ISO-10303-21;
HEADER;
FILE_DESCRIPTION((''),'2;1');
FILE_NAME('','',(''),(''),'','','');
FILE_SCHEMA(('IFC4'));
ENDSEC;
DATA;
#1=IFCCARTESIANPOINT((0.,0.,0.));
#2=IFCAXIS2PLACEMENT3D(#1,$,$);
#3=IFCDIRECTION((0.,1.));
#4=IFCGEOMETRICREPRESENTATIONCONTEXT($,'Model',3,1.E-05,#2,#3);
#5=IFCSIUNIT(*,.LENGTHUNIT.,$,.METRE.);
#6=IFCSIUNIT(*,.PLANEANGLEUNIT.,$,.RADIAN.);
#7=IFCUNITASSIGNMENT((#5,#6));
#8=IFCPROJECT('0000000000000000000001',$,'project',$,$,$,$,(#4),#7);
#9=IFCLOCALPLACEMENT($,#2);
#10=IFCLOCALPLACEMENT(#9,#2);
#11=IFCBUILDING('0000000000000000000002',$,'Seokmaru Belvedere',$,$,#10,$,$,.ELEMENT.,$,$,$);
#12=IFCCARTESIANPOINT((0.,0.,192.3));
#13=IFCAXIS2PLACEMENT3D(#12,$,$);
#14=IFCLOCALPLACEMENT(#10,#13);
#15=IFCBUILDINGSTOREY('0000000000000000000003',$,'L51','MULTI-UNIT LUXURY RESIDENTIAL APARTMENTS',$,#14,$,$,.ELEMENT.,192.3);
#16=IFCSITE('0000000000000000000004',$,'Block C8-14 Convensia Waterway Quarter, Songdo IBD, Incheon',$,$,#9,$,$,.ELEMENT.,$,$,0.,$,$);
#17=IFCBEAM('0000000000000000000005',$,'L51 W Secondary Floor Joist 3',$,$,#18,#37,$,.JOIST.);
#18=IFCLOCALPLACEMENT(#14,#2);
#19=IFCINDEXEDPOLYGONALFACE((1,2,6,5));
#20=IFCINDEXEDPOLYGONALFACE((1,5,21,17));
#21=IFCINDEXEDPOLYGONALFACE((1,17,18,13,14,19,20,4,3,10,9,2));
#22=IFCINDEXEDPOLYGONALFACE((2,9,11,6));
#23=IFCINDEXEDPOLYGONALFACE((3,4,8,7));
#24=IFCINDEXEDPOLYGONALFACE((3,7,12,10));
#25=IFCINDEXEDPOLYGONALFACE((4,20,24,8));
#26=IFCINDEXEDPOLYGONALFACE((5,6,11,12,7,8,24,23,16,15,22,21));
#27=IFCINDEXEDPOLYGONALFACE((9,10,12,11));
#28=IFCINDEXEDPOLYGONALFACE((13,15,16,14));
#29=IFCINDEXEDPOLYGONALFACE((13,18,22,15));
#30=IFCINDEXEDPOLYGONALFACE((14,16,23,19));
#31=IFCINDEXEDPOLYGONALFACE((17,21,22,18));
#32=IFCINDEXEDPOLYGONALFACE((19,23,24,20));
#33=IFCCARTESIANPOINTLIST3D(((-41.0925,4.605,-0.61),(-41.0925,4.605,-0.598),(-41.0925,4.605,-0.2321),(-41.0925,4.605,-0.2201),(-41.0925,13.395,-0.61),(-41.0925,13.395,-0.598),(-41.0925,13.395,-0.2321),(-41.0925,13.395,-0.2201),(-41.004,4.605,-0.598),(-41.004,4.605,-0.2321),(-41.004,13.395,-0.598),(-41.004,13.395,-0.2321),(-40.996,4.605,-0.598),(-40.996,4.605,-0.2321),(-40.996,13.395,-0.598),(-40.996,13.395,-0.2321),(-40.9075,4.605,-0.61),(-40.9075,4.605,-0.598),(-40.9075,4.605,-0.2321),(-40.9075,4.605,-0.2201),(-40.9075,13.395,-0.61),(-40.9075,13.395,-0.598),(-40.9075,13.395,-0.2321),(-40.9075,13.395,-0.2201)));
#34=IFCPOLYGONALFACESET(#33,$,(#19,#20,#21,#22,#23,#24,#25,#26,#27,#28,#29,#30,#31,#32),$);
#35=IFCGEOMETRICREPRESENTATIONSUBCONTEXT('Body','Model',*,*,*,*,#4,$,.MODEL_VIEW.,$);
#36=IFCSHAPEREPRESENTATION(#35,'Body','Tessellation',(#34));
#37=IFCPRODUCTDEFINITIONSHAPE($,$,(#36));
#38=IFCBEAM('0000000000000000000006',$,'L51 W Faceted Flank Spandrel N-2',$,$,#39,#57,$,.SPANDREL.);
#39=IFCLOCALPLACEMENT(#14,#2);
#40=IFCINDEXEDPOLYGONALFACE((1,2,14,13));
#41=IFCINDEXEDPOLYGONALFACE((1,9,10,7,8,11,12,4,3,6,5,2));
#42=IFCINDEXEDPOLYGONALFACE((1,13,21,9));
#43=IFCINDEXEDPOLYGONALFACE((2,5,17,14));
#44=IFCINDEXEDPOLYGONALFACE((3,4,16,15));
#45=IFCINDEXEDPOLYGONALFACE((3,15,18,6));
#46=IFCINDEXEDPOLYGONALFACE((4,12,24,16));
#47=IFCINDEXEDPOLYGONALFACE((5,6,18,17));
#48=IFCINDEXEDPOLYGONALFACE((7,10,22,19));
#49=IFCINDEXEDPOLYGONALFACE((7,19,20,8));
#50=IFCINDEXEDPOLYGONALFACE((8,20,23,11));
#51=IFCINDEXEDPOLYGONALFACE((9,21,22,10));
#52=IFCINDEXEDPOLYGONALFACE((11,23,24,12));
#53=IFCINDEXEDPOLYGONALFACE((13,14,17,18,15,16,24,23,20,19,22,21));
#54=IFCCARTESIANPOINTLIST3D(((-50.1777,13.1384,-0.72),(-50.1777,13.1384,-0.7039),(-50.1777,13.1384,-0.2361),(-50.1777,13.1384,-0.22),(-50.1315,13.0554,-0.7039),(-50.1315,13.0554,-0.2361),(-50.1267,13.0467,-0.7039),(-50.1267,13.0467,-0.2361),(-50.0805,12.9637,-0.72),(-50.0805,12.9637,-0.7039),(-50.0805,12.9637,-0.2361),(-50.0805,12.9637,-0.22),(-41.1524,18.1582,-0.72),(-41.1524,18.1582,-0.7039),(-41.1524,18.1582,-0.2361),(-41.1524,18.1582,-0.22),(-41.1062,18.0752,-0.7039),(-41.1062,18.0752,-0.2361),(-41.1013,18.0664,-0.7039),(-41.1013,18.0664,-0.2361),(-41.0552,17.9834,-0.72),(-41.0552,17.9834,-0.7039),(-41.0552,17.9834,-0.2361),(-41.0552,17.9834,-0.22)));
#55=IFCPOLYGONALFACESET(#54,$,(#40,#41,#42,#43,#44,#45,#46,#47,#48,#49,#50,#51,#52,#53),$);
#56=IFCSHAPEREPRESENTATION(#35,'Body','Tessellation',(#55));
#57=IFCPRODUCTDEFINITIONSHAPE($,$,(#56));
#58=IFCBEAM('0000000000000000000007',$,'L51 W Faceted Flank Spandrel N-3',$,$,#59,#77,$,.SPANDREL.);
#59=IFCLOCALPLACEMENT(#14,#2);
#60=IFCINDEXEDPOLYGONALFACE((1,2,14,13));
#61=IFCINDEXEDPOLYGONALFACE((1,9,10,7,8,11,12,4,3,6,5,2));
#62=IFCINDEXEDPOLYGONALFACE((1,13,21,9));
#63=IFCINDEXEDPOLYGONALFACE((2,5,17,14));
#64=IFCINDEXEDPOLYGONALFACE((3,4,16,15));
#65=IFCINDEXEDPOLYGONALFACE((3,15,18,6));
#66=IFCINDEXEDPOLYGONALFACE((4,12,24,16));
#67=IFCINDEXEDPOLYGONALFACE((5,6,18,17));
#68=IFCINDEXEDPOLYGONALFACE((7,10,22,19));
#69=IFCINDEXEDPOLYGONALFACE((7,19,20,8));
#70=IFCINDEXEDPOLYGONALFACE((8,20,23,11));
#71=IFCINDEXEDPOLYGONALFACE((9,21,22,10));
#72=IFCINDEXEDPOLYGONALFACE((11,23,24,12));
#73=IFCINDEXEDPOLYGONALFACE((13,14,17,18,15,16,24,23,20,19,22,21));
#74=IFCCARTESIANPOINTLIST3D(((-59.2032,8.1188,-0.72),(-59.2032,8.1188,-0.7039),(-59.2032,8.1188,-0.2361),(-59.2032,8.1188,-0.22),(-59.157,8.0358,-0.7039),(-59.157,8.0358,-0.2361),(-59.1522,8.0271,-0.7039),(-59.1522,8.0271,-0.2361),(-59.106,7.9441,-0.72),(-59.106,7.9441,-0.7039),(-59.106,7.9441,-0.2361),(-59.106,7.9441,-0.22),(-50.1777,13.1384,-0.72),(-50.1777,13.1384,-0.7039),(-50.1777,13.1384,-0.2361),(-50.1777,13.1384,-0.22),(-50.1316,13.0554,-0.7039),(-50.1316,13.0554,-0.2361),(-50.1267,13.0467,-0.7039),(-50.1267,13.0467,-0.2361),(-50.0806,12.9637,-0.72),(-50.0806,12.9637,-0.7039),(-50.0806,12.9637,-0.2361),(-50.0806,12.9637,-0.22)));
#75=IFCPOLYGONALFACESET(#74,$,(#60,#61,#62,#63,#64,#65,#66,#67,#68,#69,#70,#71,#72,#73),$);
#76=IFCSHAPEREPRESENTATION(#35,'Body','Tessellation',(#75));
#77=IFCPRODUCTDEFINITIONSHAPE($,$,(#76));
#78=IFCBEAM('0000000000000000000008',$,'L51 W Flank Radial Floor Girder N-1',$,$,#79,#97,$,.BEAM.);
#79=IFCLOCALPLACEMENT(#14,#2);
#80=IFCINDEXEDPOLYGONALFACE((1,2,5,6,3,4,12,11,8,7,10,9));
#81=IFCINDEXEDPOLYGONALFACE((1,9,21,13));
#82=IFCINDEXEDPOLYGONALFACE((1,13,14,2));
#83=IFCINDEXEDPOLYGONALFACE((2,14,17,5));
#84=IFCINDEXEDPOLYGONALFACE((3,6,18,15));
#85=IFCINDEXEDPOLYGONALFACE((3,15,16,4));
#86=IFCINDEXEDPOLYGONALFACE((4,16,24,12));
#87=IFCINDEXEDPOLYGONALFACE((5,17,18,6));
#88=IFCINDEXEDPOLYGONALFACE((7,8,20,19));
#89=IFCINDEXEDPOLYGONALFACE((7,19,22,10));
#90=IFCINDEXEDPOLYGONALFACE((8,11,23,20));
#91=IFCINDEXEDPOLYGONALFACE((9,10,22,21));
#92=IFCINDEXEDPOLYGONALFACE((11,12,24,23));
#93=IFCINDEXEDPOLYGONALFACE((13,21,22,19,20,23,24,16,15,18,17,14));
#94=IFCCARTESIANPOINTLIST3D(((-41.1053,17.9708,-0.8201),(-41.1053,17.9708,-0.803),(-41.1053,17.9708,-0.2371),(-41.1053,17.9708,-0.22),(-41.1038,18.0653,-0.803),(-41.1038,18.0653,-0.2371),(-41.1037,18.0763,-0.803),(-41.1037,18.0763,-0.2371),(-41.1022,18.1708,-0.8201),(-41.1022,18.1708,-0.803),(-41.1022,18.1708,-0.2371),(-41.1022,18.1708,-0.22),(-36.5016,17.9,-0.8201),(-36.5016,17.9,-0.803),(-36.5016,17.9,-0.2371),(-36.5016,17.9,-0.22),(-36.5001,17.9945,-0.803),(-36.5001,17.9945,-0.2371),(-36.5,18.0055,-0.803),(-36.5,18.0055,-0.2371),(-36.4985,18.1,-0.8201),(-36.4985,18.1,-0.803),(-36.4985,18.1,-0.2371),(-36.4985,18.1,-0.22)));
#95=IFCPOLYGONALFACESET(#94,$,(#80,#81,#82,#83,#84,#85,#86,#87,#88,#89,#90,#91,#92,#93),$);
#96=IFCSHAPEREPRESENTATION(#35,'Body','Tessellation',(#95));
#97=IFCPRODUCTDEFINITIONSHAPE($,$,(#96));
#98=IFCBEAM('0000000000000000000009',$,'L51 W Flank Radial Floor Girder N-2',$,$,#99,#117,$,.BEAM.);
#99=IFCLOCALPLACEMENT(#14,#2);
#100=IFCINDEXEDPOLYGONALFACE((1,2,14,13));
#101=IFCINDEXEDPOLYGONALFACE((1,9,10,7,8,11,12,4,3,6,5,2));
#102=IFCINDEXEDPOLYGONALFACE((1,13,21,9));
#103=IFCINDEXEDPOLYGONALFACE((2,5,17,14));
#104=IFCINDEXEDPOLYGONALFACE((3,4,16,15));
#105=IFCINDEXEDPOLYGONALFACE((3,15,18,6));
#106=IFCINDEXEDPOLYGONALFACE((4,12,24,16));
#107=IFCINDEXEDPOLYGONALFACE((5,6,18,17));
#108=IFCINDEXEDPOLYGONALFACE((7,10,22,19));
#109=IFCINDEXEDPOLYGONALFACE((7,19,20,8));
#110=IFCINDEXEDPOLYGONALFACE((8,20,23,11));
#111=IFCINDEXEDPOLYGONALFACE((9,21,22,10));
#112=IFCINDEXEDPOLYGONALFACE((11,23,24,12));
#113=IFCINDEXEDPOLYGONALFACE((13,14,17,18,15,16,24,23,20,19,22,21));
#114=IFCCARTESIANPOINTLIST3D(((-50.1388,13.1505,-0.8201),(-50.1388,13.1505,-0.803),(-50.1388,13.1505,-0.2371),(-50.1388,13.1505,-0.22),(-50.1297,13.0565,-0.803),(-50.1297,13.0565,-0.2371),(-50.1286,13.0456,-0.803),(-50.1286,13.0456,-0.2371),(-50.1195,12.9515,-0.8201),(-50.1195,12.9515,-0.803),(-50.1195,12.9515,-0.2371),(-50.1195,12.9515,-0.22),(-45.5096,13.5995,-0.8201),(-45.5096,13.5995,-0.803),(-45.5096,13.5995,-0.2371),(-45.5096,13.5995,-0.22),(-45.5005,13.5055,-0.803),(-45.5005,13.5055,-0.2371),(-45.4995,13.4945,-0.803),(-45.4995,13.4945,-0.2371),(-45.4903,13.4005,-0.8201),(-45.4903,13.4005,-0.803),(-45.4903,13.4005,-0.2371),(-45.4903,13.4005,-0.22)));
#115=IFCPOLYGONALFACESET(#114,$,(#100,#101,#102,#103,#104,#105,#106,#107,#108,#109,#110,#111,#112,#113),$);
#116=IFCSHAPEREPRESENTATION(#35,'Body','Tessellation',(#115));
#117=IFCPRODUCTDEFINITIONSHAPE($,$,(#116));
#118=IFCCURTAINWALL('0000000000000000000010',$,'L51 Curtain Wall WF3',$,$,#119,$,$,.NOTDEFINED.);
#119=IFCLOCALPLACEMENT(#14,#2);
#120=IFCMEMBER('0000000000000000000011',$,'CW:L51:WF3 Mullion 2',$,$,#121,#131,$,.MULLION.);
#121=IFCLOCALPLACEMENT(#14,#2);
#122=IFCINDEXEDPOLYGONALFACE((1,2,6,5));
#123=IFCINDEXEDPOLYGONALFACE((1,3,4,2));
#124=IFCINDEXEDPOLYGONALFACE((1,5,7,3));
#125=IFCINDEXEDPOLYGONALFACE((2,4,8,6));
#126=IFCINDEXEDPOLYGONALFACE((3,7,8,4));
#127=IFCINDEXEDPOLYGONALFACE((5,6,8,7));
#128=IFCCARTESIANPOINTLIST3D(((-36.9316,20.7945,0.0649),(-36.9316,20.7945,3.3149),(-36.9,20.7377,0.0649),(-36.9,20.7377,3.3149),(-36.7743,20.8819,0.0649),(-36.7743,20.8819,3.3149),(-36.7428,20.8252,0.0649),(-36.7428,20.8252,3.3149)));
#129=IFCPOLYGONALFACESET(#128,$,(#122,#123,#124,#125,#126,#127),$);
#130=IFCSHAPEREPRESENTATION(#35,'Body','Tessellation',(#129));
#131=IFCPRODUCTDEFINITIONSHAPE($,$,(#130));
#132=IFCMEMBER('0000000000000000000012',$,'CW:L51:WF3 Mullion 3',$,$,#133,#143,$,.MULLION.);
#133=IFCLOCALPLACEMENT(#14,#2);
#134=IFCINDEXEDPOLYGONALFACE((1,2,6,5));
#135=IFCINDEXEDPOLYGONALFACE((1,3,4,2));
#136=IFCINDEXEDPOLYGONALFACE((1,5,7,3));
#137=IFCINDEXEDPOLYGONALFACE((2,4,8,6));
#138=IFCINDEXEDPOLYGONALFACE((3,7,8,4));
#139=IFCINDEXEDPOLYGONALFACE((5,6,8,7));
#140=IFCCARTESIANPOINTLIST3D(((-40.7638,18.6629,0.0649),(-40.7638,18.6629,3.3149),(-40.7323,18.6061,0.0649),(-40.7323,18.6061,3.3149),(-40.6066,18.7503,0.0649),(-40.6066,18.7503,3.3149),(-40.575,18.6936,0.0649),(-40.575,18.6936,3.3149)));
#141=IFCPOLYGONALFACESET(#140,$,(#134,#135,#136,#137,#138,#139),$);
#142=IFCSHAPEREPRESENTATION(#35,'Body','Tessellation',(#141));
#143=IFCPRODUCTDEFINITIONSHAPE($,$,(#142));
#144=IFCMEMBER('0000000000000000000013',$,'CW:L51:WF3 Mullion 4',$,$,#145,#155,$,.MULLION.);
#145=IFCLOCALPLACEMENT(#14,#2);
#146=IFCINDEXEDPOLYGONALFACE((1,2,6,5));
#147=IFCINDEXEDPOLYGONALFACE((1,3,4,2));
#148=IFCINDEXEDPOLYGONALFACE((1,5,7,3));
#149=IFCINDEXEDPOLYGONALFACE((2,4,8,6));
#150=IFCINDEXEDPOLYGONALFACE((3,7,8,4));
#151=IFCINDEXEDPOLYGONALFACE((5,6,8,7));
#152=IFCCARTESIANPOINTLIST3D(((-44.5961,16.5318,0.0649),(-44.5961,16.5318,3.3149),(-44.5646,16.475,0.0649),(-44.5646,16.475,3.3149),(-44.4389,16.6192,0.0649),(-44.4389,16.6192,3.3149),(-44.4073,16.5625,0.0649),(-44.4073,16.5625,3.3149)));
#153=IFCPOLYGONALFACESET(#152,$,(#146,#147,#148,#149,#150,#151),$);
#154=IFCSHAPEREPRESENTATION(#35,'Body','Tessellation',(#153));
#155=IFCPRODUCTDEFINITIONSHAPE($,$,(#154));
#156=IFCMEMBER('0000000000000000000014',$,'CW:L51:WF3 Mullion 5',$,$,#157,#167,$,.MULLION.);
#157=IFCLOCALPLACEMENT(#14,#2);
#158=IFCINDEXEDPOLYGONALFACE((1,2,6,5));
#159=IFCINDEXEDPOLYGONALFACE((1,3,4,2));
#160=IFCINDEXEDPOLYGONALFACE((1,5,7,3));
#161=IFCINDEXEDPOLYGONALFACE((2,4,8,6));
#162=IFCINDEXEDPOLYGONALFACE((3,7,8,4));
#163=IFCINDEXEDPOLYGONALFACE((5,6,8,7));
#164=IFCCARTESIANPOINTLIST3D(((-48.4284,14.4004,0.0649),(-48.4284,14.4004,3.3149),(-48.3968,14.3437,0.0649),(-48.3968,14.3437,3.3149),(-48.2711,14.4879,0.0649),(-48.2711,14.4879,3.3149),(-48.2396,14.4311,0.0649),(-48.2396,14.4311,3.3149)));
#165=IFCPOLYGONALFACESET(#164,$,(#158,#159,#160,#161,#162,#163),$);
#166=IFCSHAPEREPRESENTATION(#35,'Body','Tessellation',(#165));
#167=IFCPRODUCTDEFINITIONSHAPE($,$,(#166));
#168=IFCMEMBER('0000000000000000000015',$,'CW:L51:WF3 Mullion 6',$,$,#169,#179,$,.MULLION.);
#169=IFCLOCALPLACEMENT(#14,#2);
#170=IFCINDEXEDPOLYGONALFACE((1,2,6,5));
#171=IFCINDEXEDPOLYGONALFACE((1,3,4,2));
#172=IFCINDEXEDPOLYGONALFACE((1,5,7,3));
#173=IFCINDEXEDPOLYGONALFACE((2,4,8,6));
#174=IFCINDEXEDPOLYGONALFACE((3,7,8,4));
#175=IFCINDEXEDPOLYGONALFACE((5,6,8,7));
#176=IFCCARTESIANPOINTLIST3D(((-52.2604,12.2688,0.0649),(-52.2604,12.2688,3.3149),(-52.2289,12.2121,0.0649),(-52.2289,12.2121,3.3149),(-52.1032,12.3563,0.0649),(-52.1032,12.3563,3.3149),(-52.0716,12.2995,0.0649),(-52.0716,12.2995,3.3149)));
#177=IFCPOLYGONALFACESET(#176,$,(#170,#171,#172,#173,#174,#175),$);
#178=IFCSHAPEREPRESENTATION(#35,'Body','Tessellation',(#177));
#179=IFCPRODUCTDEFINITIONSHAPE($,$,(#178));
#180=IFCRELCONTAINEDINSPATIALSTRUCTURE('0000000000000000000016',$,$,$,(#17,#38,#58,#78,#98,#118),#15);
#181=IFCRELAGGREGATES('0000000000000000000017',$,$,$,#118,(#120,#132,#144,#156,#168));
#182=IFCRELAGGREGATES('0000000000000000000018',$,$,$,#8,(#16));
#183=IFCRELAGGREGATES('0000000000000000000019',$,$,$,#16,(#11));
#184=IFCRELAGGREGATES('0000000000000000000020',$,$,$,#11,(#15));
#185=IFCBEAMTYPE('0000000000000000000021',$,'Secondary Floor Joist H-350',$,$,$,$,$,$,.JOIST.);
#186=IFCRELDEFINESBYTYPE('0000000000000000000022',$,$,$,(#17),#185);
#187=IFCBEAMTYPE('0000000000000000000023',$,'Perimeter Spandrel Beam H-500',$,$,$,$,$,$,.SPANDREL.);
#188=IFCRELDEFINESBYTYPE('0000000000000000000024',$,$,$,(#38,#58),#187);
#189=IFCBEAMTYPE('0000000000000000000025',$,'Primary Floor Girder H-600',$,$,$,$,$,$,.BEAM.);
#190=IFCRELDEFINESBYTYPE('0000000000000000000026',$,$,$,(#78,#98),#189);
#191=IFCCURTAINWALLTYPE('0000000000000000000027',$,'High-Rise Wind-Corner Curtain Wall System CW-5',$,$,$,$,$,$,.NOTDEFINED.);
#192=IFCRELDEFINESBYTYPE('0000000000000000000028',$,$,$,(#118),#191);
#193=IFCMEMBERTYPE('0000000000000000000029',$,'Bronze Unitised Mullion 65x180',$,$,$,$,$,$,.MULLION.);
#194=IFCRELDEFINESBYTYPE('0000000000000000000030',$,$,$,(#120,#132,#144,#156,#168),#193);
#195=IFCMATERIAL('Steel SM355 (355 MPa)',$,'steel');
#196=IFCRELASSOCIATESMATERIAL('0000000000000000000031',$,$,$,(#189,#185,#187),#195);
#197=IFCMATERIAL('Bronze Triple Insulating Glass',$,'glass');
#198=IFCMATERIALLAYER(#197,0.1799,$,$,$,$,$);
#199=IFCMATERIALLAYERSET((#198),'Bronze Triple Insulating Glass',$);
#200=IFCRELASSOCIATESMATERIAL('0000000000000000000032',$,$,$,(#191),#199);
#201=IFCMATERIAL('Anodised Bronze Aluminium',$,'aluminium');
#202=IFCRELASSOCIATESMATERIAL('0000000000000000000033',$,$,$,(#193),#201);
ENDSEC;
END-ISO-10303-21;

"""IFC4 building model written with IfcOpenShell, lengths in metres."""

from ifc_helpers import new_model, si_unit, direction, frame, origin, origin_2d, place, context, subcontext, project, spatial, rectangle, i_section, extrude, source, transform, mapped, material, layer, layer_set, material_profile, profile_set, type_object, type_shapes, element, aggregate, save


model = new_model("IFC4")

# Units and contexts
model_context = context("Model", 3, precision=1e-05, world=origin(), true_north=direction((0.0, 1.0)))
body_context = subcontext(model_context, "Body", "Model", "MODEL_VIEW")
ifc_project = project(units=[si_unit("LENGTHUNIT", "METRE"), si_unit("PLANEANGLEUNIT", "RADIAN")], contexts=[model_context])

# Site, building, storey
site_placement = place(None, origin())
site = spatial("IfcSite", under=ifc_project, at=site_placement, Name="Block C8-14 Convensia Waterway Quarter, Songdo IBD, Incheon", CompositionType="ELEMENT", RefElevation=0.0)
building_placement = place(site_placement, origin())
building = spatial("IfcBuilding", under=site, at=building_placement, Name="Seokmaru Belvedere", CompositionType="ELEMENT")
storey_placement = place(building_placement, frame((0.0, 0.0, 192.3)))
storey = spatial("IfcBuildingStorey", under=building, at=storey_placement, Name="L51", Description="MULTI-UNIT LUXURY RESIDENTIAL APARTMENTS", CompositionType="ELEMENT", Elevation=192.3)

# Shared definitions
ifc_material_1 = material(Name="Steel SM355 (355 MPa)", Category="steel")

# Beams
ifc_material_profile_1 = material_profile(ifc_material_1, i_section(OverallWidth=0.2, OverallDepth=0.6001, WebThickness=0.011, FlangeThickness=0.0171, at=origin_2d()), Name="H-600x200x11x17")
ifc_profile_set_1 = profile_set([ifc_material_profile_1], Name="Steel SM355 (355 MPa)")
beam_type_1 = type_object("IfcBeamType", Name="Primary Floor Girder H-600", PredefinedType="BEAM", material=ifc_profile_set_1)
ifc_material_profile_2 = material_profile(ifc_material_1, i_section(OverallWidth=0.1851, OverallDepth=0.3899, WebThickness=0.0081, FlangeThickness=0.012, at=origin_2d()), Name="H-390x185x8x12")
ifc_profile_set_2 = profile_set([ifc_material_profile_2], Name="Steel SM355 (355 MPa)")
beam_type_2 = type_object("IfcBeamType", Name="Secondary Floor Joist H-350", PredefinedType="JOIST", material=ifc_profile_set_2)
shared_shape_1 = source(origin(), body_context, "Body", "SweptSolid", [
    extrude(i_section(OverallWidth=0.1851, OverallDepth=0.3899, WebThickness=0.0081, FlangeThickness=0.012, at=origin_2d()), origin(), (0.0, 0.0, 1.0), 8.79),
])
type_shapes(beam_type_2, [shared_shape_1])
for number, where, z_axis, x_axis, name in (
    (1, (-41.0, 4.605, -0.415), (0.0, 1.0, 0.0), (-1.0, 0.0, 0.0), "L51 W Secondary Floor Joist 3"),
):
    element("IfcBeam", number, at=place(storey_placement, frame(where, z_axis=z_axis, x_axis=x_axis)), inside=storey, type_object=beam_type_2, Name=name, PredefinedType="JOIST", context=body_context, shape_type="MappedRepresentation", body=[
        mapped(shared_shape_1, transform((0.0, 0.0, 0.0), scale=1.0)),
    ])
ifc_material_profile_3 = material_profile(ifc_material_1, i_section(OverallWidth=0.2, OverallDepth=0.5, WebThickness=0.01, FlangeThickness=0.0161, at=origin_2d()), Name="H-500x200x10x16")
ifc_profile_set_3 = profile_set([ifc_material_profile_3], Name="Steel SM355 (355 MPa)")
beam_type_3 = type_object("IfcBeamType", Name="Perimeter Spandrel Beam H-500", PredefinedType="SPANDREL", material=ifc_profile_set_3)
shared_shape_2 = source(origin(), body_context, "Body", "SweptSolid", [
    extrude(i_section(OverallWidth=0.2, OverallDepth=0.5, WebThickness=0.01, FlangeThickness=0.0161, at=origin_2d()), origin(), (0.0, 0.0, 1.0), 10.3274),
])
type_shapes(beam_type_3, [shared_shape_2])
for number, where, z_axis, x_axis, name in (
    (2, (-41.1038, 18.0708, -0.47), (-0.873924, -0.486062, 0.0), (0.486062, -0.873924, 0.0), "L51 W Faceted Flank Spandrel N-2"),
    (3, (-50.1292, 13.051, -0.47), (-0.873934, -0.486044, 0.0), (0.486044, -0.873934, 0.0), "L51 W Faceted Flank Spandrel N-3"),
):
    element("IfcBeam", number, at=place(storey_placement, frame(where, z_axis=z_axis, x_axis=x_axis)), inside=storey, type_object=beam_type_3, Name=name, PredefinedType="SPANDREL", context=body_context, shape_type="MappedRepresentation", body=[
        mapped(shared_shape_2, transform((0.0, 0.0, 0.0), scale=1.0)),
    ])
shared_shape_3 = source(origin(), body_context, "Body", "SweptSolid", [
    extrude(i_section(OverallWidth=0.2, OverallDepth=0.6001, WebThickness=0.011, FlangeThickness=0.0171, at=origin_2d()), origin(), (0.0, 0.0, 1.0), 4.6042),
])
beam_1_placement = place(storey_placement, frame((-41.1038, 18.0708, -0.52), z_axis=(0.999882, -0.015377, 0.0), x_axis=(0.015377, 0.999882, 0.0)))
element("IfcBeam", 4, at=beam_1_placement, inside=storey, type_object=beam_type_1, Name="L51 W Flank Radial Floor Girder N-1", PredefinedType="BEAM", context=body_context, shape_type="MappedRepresentation", body=[
    mapped(shared_shape_3, transform((0.0, 0.0, 0.0), scale=1.0)),
])
shared_shape_4 = source(origin(), body_context, "Body", "SweptSolid", [
    extrude(i_section(OverallWidth=0.2, OverallDepth=0.6001, WebThickness=0.011, FlangeThickness=0.0171, at=origin_2d()), origin(), (0.0, 0.0, 1.0), 4.6509),
])
beam_2_placement = place(storey_placement, frame((-50.1292, 13.051, -0.52), z_axis=(0.99533, 0.096536, 0.0), x_axis=(-0.096536, 0.99533, 0.0)))
element("IfcBeam", 5, at=beam_2_placement, inside=storey, type_object=beam_type_1, Name="L51 W Flank Radial Floor Girder N-2", PredefinedType="BEAM", context=body_context, shape_type="MappedRepresentation", body=[
    mapped(shared_shape_4, transform((0.0, 0.0, 0.0), scale=1.0)),
])

# Curtain wall, members
ifc_material_2 = material(Name="Bronze Triple Insulating Glass", Category="glass")
ifc_layer_1 = layer(ifc_material_2, 0.1799)
ifc_layer_set_1 = layer_set([ifc_layer_1], Name="Bronze Triple Insulating Glass")
curtain_wall_type = type_object("IfcCurtainWallType", Name="High-Rise Wind-Corner Curtain Wall System CW-5", PredefinedType="NOTDEFINED", material=ifc_layer_set_1)
curtain_wall_placement = place(storey_placement, origin())
curtain_wall = element("IfcCurtainWall", 6, at=curtain_wall_placement, inside=storey, type_object=curtain_wall_type, Name="L51 Curtain Wall WF3", PredefinedType="NOTDEFINED")
ifc_material_3 = material(Name="Anodised Bronze Aluminium", Category="aluminium")
ifc_material_profile_4 = material_profile(ifc_material_3, rectangle(XDim=0.0649, YDim=0.1799, at=origin_2d()), Name="CW-M-65x180")
ifc_profile_set_4 = profile_set([ifc_material_profile_4], Name="Anodised Bronze Aluminium")
member_type = type_object("IfcMemberType", Name="Bronze Unitised Mullion 65x180", PredefinedType="MULLION", material=ifc_profile_set_4)
shared_shape_5 = source(origin(), body_context, "Body", "SweptSolid", [
    extrude(rectangle(XDim=0.0649, YDim=0.1799, at=origin_2d()), origin(), (0.0, 0.0, 1.0), 3.25),
])
type_shapes(member_type, [shared_shape_5])
member_1_placement = place(storey_placement, frame((-36.8372, 20.8098, 0.0649), z_axis=(0.0, 0.0, 1.0), x_axis=(0.486047, -0.873933, 0.0)))
member_1 = element("IfcMember", 7, at=member_1_placement, type_object=member_type, Name="CW:L51:WF3 Mullion 2", PredefinedType="MULLION", context=body_context, shape_type="MappedRepresentation", body=[
    mapped(shared_shape_5, transform((0.0, 0.0, 0.0), scale=1.0)),
])
member_2_placement = place(storey_placement, frame((-40.6694, 18.6782, 0.0649), z_axis=(0.0, 0.0, 1.0), x_axis=(0.486047, -0.873933, 0.0)))
member_2 = element("IfcMember", 8, at=member_2_placement, type_object=member_type, Name="CW:L51:WF3 Mullion 3", PredefinedType="MULLION", context=body_context, shape_type="MappedRepresentation", body=[
    mapped(shared_shape_5, transform((0.0, 0.0, 0.0), scale=1.0)),
])
member_3_placement = place(storey_placement, frame((-44.5017, 16.5471, 0.0649), z_axis=(0.0, 0.0, 1.0), x_axis=(0.486047, -0.873933, 0.0)))
member_3 = element("IfcMember", 9, at=member_3_placement, type_object=member_type, Name="CW:L51:WF3 Mullion 4", PredefinedType="MULLION", context=body_context, shape_type="MappedRepresentation", body=[
    mapped(shared_shape_5, transform((0.0, 0.0, 0.0), scale=1.0)),
])
member_4_placement = place(storey_placement, frame((-48.334, 14.4158, 0.0649), z_axis=(0.0, 0.0, 1.0), x_axis=(0.486047, -0.873933, 0.0)))
member_4 = element("IfcMember", 10, at=member_4_placement, type_object=member_type, Name="CW:L51:WF3 Mullion 5", PredefinedType="MULLION", context=body_context, shape_type="MappedRepresentation", body=[
    mapped(shared_shape_5, transform((0.0, 0.0, 0.0), scale=1.0)),
])
member_5_placement = place(storey_placement, frame((-52.166, 12.2842, 0.0649), z_axis=(0.0, 0.0, 1.0), x_axis=(0.486047, -0.873933, 0.0)))
member_5 = element("IfcMember", 11, at=member_5_placement, type_object=member_type, Name="CW:L51:WF3 Mullion 6", PredefinedType="MULLION", context=body_context, shape_type="MappedRepresentation", body=[
    mapped(shared_shape_5, transform((0.0, 0.0, 0.0), scale=1.0)),
])
aggregate(curtain_wall, [member_1, member_2, member_3, member_4, member_5])

save(model, "model.ifc")
